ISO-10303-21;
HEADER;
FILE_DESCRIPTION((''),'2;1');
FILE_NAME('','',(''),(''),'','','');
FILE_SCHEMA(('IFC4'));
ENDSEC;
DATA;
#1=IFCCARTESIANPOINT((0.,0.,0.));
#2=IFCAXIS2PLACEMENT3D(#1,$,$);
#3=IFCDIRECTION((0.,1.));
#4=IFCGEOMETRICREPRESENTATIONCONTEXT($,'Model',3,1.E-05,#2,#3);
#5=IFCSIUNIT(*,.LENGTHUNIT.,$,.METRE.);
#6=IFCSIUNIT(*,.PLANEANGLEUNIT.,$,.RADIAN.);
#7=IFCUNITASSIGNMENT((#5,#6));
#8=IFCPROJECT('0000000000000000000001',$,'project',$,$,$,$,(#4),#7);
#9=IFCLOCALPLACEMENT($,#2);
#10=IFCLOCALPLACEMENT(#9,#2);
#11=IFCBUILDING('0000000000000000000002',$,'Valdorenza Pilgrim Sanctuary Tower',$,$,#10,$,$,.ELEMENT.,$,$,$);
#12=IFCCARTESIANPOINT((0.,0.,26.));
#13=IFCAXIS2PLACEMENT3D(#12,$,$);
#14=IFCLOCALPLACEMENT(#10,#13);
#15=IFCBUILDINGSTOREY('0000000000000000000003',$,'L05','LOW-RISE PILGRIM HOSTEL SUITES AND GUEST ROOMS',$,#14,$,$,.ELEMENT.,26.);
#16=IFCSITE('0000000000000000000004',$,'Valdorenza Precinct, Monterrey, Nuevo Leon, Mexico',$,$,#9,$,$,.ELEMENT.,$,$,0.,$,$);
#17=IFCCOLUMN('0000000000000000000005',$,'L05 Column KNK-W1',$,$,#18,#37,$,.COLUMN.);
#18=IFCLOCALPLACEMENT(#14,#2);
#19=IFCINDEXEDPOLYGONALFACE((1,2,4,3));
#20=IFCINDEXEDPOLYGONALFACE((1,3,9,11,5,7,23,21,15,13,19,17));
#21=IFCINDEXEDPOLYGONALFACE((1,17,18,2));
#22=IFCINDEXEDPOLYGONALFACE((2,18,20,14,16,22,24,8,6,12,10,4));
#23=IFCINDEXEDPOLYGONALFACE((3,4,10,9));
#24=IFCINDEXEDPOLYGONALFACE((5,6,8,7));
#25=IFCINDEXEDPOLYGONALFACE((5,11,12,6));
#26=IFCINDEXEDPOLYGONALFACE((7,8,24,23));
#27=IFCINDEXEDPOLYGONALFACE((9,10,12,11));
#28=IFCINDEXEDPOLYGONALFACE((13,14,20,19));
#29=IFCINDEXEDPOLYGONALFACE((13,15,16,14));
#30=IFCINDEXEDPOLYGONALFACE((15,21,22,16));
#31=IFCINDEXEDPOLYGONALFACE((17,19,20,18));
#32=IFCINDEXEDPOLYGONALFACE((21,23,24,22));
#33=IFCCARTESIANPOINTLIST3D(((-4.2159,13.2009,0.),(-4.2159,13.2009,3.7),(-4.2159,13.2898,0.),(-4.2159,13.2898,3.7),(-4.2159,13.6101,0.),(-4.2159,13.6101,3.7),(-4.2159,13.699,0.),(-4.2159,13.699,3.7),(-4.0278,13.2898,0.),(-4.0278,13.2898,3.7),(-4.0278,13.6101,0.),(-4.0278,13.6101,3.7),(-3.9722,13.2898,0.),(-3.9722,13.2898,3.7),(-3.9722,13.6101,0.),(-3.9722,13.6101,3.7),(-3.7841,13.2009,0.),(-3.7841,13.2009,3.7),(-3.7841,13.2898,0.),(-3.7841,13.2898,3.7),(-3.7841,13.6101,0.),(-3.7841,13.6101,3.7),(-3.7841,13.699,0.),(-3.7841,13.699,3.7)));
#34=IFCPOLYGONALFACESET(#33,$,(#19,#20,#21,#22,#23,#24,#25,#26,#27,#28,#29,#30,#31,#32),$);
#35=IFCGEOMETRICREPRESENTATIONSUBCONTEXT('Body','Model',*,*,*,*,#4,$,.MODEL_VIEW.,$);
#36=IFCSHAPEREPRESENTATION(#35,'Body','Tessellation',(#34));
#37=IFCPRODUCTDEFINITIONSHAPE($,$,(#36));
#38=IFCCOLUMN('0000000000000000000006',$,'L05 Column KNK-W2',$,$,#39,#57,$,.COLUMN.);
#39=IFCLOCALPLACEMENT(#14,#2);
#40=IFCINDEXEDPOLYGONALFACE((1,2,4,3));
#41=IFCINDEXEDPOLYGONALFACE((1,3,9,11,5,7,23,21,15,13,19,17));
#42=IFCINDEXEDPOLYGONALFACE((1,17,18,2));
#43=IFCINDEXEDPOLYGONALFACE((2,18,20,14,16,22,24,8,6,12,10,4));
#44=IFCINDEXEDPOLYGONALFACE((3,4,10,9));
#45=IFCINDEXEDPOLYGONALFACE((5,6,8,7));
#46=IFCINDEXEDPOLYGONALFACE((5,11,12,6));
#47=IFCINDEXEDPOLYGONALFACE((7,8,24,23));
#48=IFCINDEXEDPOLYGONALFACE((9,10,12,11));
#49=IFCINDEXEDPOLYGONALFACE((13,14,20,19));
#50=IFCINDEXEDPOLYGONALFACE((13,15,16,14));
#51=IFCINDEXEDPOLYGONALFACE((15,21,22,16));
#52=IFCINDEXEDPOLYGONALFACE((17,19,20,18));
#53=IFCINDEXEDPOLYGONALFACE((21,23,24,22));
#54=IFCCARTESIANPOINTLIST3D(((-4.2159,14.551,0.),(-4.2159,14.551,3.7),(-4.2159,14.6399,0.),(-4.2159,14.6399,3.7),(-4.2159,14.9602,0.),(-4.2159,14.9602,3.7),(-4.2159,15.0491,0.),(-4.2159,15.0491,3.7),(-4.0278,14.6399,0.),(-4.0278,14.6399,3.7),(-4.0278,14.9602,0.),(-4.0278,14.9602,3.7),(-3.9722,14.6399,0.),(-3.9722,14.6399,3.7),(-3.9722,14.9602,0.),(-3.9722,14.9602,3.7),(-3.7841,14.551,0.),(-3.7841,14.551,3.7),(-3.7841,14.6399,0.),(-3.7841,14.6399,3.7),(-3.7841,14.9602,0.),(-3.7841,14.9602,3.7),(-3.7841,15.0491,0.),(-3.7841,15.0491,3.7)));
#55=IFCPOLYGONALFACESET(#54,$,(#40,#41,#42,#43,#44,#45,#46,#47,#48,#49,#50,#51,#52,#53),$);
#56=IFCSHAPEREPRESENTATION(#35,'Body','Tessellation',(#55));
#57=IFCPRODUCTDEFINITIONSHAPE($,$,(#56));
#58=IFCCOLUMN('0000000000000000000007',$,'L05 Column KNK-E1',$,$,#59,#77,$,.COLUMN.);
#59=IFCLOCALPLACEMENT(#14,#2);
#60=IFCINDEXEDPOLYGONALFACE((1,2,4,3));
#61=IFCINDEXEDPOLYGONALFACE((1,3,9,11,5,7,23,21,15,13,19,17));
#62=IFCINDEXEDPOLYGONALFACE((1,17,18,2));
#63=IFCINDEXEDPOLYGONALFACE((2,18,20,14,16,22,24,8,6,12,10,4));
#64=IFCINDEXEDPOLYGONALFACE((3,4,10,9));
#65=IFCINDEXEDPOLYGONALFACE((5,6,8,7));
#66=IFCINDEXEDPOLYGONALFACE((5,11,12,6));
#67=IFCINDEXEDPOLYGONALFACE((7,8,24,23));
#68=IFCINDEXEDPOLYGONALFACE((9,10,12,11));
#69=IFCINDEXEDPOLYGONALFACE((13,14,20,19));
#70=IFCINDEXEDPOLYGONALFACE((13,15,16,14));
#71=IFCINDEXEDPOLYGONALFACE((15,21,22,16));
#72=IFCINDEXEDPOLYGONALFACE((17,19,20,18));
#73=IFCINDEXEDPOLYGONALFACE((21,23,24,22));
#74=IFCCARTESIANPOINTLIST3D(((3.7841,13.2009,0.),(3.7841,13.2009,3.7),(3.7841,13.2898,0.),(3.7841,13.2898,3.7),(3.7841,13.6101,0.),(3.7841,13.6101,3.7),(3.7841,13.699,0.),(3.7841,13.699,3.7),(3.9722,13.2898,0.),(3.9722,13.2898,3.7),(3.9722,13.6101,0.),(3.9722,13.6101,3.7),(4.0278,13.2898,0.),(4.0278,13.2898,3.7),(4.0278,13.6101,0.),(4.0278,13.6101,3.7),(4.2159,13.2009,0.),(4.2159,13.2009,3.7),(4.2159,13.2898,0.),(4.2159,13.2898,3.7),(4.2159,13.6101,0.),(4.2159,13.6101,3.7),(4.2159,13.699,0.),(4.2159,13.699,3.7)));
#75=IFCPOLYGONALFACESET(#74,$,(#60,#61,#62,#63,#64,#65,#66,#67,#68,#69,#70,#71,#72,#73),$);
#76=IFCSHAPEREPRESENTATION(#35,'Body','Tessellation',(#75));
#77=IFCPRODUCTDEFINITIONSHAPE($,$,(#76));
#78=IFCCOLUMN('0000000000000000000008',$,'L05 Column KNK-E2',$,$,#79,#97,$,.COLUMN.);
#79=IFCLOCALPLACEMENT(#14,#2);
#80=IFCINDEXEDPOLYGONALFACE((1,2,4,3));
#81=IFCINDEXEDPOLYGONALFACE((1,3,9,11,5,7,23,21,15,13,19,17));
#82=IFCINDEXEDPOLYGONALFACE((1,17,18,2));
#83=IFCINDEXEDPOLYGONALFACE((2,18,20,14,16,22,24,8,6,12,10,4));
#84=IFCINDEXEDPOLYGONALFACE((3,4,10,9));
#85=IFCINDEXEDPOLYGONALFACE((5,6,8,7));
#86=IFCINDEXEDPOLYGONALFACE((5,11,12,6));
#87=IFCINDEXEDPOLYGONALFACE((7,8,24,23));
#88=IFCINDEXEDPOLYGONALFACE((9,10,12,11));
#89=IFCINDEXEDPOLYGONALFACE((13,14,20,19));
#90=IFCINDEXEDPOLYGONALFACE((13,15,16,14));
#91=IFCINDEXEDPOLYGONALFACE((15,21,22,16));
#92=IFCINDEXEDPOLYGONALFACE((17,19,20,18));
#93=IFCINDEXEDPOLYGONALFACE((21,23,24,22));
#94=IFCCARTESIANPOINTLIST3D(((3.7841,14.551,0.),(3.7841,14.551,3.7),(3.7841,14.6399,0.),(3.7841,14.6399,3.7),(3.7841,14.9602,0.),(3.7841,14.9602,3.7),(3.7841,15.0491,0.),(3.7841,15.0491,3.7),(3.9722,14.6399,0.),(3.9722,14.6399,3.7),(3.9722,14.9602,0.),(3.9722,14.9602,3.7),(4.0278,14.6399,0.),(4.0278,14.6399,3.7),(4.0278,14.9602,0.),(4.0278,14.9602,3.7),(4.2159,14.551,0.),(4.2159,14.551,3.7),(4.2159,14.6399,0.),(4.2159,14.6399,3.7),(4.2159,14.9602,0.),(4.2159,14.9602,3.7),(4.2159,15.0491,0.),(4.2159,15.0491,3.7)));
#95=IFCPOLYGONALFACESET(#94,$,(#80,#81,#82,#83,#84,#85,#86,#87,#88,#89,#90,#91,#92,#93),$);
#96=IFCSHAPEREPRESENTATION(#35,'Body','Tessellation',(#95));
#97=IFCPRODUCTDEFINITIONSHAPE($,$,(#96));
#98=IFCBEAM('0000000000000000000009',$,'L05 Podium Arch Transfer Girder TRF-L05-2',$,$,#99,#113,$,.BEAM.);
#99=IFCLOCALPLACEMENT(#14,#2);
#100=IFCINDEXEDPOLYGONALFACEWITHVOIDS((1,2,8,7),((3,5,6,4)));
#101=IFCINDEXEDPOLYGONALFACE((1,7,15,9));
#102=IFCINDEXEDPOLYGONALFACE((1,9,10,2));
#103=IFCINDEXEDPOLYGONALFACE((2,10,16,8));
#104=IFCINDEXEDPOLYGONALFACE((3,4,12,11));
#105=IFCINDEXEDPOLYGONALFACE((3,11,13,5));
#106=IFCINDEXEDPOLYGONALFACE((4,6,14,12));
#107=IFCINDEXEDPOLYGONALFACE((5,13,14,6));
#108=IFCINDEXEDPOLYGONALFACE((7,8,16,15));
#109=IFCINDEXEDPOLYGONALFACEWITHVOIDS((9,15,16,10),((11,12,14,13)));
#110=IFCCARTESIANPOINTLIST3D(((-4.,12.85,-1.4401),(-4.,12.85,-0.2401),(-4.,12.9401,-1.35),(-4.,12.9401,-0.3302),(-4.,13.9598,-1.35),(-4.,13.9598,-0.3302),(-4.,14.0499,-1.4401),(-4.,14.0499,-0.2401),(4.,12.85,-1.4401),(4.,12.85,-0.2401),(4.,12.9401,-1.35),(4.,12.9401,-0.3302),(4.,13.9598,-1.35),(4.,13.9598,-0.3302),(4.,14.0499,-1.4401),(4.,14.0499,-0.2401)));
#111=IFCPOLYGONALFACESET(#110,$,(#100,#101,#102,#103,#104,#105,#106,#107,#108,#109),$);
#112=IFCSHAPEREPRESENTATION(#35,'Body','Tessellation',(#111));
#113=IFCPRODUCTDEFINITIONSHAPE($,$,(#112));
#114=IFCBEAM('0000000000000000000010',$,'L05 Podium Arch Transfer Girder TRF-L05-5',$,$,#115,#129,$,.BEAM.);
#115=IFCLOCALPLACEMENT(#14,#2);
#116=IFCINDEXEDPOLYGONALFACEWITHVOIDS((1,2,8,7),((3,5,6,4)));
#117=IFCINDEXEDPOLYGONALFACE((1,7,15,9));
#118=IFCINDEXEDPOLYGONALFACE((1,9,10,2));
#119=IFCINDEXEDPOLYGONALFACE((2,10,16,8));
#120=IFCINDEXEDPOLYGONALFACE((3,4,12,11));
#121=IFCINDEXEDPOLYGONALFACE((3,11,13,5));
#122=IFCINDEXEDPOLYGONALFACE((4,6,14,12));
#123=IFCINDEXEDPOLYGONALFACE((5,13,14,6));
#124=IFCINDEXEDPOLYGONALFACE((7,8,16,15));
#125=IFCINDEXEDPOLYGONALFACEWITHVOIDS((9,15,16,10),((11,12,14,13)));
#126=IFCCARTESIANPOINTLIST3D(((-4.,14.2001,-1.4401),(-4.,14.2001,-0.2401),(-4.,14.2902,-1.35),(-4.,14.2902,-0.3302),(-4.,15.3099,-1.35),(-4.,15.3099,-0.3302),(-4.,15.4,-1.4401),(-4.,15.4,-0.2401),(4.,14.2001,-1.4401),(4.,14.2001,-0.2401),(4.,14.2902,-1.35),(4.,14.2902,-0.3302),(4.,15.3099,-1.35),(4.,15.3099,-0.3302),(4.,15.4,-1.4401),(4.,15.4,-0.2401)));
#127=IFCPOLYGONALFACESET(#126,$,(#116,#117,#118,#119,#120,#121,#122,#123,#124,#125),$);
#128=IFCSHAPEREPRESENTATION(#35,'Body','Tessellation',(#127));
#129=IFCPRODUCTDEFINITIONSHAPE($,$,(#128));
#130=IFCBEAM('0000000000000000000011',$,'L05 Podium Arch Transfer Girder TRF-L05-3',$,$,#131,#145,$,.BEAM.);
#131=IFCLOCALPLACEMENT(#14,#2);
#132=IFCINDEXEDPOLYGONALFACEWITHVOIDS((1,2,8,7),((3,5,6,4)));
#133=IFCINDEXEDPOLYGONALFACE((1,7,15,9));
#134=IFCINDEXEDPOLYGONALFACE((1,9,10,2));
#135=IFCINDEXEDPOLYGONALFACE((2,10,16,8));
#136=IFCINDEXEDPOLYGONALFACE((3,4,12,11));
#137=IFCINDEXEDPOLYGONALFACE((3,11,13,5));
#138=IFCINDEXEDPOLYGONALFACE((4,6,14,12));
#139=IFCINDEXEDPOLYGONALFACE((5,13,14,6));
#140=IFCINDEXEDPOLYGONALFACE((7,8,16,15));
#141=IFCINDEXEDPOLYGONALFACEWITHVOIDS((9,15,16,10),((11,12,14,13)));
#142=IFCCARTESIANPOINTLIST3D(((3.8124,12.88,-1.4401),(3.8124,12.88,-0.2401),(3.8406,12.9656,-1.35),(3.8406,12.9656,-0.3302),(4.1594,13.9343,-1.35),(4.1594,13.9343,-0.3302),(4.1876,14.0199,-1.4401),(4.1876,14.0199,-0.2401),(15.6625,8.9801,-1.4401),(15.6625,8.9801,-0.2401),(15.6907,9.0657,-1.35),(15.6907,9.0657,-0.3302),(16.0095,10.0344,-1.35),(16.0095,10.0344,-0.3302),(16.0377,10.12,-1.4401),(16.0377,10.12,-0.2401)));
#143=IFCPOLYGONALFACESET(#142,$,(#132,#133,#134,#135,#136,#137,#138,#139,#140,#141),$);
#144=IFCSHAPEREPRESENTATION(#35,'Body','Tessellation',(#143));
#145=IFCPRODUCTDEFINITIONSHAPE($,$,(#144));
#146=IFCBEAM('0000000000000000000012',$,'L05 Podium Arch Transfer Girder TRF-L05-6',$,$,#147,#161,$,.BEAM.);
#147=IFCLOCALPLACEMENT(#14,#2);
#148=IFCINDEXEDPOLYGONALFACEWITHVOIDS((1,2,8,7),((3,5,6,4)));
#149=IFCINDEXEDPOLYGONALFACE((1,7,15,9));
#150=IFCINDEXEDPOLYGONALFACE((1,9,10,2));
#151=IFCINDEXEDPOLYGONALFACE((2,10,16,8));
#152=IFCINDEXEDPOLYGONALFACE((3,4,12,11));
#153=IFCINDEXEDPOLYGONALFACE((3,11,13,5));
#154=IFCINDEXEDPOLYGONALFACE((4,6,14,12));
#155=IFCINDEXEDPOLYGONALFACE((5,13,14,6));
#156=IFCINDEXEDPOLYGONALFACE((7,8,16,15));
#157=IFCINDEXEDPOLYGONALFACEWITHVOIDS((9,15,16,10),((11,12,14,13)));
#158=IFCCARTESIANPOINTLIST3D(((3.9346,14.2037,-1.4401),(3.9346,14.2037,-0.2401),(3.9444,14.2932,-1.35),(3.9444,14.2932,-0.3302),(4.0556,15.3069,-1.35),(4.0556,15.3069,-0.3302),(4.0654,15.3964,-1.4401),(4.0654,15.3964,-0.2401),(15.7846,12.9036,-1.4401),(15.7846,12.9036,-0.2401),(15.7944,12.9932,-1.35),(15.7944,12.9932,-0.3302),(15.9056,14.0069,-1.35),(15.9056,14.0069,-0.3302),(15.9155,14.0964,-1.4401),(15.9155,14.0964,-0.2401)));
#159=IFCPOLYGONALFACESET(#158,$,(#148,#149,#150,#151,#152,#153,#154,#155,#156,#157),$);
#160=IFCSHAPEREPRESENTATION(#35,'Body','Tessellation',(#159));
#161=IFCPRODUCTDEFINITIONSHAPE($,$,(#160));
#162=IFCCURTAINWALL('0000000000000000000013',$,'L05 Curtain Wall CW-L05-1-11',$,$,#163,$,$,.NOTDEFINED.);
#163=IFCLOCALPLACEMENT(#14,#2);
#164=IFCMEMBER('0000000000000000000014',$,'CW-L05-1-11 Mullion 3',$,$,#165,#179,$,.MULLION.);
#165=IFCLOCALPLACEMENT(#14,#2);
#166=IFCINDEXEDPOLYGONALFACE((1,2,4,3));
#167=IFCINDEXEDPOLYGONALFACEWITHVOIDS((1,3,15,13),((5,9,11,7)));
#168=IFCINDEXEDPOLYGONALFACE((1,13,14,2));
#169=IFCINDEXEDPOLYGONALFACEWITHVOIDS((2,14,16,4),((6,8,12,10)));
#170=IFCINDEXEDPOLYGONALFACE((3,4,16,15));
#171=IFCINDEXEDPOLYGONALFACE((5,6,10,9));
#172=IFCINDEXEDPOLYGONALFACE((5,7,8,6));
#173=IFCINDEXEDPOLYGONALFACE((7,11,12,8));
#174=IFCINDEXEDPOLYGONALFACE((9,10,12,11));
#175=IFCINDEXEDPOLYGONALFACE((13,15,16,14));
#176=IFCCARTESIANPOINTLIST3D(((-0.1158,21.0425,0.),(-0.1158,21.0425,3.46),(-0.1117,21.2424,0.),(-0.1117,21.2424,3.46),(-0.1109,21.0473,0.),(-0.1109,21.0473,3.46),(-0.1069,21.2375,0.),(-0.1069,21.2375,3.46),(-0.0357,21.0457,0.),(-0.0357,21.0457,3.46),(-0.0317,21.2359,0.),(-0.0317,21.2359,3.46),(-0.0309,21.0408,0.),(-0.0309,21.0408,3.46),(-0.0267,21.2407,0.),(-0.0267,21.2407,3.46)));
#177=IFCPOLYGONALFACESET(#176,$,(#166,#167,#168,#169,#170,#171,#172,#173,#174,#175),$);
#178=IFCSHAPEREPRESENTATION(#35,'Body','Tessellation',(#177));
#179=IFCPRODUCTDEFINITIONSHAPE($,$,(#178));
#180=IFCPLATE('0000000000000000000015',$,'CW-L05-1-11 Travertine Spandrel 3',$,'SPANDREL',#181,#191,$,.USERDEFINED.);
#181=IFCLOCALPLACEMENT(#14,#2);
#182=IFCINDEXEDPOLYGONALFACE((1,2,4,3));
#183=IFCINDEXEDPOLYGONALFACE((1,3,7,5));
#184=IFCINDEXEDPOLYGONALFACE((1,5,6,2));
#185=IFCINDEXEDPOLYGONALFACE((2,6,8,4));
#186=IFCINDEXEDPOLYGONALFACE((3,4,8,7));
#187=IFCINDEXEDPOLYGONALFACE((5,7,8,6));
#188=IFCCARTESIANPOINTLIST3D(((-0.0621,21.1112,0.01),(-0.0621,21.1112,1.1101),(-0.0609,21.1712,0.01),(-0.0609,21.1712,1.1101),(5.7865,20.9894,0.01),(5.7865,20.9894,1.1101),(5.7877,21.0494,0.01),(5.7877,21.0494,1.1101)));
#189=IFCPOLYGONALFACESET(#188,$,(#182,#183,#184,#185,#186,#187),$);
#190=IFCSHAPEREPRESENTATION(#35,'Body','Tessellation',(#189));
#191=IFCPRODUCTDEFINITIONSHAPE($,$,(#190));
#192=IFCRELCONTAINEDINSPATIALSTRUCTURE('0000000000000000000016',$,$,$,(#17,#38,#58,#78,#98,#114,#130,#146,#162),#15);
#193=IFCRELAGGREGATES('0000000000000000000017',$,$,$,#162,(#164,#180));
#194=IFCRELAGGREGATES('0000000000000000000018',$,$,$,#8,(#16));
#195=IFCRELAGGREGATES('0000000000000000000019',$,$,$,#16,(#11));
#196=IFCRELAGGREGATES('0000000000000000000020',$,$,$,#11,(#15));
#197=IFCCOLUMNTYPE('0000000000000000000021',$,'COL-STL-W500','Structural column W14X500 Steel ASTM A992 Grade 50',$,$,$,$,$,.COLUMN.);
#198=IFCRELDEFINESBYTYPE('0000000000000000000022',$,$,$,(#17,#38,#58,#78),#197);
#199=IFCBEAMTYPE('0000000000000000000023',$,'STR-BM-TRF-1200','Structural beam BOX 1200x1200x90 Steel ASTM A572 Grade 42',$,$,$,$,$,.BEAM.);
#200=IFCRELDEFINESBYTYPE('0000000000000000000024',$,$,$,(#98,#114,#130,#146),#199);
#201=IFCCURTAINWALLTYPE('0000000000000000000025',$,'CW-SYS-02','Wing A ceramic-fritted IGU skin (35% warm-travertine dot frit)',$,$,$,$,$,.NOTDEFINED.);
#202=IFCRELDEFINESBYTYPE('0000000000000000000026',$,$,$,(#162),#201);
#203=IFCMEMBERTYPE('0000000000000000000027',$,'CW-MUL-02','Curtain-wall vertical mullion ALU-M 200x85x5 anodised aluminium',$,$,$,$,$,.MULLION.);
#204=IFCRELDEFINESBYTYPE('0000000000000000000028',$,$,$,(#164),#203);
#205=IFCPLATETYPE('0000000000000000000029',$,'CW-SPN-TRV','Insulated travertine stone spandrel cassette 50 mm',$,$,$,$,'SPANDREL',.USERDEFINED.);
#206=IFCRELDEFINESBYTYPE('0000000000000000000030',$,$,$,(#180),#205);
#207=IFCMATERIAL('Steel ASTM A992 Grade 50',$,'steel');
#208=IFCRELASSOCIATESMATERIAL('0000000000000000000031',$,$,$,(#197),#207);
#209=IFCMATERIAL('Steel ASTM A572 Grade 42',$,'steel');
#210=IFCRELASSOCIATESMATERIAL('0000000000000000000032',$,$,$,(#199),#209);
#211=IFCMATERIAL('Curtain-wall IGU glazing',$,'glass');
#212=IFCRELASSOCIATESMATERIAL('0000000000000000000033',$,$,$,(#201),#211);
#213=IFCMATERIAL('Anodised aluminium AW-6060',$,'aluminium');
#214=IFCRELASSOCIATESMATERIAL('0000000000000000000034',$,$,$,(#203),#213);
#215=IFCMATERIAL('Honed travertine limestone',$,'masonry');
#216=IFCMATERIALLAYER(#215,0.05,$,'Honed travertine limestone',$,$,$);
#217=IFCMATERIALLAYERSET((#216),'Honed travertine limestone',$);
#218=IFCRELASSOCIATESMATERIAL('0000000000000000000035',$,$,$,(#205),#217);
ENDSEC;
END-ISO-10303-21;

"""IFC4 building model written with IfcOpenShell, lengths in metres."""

from ifc_helpers import new_model, si_unit, direction, frame, origin, origin_2d, place, context, subcontext, project, spatial, rectangle, hollow_rectangle, i_section, extrude, source, transform, mapped, material, layer, layer_set, material_profile, profile_set, type_object, element, aggregate, save


model = new_model("IFC4")

# Units and contexts
model_context = context("Model", 3, precision=1e-05, world=origin(), true_north=direction((0.0, 1.0)))
body_context = subcontext(model_context, "Body", "Model", "MODEL_VIEW")
ifc_project = project(units=[si_unit("LENGTHUNIT", "METRE"), si_unit("PLANEANGLEUNIT", "RADIAN")], contexts=[model_context])

# Site, building, storey
site_placement = place(None, origin())
site = spatial("IfcSite", under=ifc_project, at=site_placement, Name="Valdorenza Precinct, Monterrey, Nuevo Leon, Mexico", CompositionType="ELEMENT", RefElevation=0.0)
building_placement = place(site_placement, origin())
building = spatial("IfcBuilding", under=site, at=building_placement, Name="Valdorenza Pilgrim Sanctuary Tower", CompositionType="ELEMENT")
storey_placement = place(building_placement, frame((0.0, 0.0, 26.0)))
storey = spatial("IfcBuildingStorey", under=building, at=storey_placement, Name="L05", Description="LOW-RISE PILGRIM HOSTEL SUITES AND GUEST ROOMS", CompositionType="ELEMENT", Elevation=26.0)

# Columns
ifc_material_1 = material(Name="Steel ASTM A992 Grade 50", Category="steel")
ifc_material_profile_1 = material_profile(ifc_material_1, i_section(OverallWidth=0.4319, OverallDepth=0.498, WebThickness=0.0557, FlangeThickness=0.0889, at=origin_2d()), Name="W14X500")
ifc_profile_set_1 = profile_set([ifc_material_profile_1], Name="Steel ASTM A992 Grade 50")
column_type = type_object("IfcColumnType", Name="COL-STL-W500", Description="Structural column W14X500 Steel ASTM A992 Grade 50", PredefinedType="COLUMN", material=ifc_profile_set_1)
shared_shape_1 = source(origin(), body_context, "Body", "SweptSolid", [
    extrude(i_section(OverallWidth=0.4319, OverallDepth=0.498, WebThickness=0.0557, FlangeThickness=0.0889, at=origin_2d()), origin(), (0.0, 0.0, 1.0), 3.7),
])
for number, where, z_axis, x_axis, name in (
    (1, (-4.0, 13.45, 0.0), (0.0, 0.0, 1.0), (1.0, 0.0, 0.0), "L05 Column KNK-W1"),
    (2, (-4.0, 14.8, 0.0), (0.0, 0.0, 1.0), (1.0, 0.0, 0.0), "L05 Column KNK-W2"),
    (3, (4.0, 13.45, 0.0), (0.0, 0.0, 1.0), (1.0, 0.0, 0.0), "L05 Column KNK-E1"),
    (4, (4.0, 14.8, 0.0), (0.0, 0.0, 1.0), (1.0, 0.0, 0.0), "L05 Column KNK-E2"),
):
    element("IfcColumn", number, at=place(storey_placement, frame(where, z_axis=z_axis, x_axis=x_axis)), inside=storey, type_object=column_type, Name=name, PredefinedType="COLUMN", context=body_context, shape_type="MappedRepresentation", body=[
        mapped(shared_shape_1, transform((0.0, 0.0, 0.0), x_axis=(1.0, 0.0, 0.0), y_axis=(0.0, 1.0, 0.0), z_axis=(0.0, 0.0, 1.0), scale=1.0)),
    ])

# Beams
ifc_material_2 = material(Name="Steel ASTM A572 Grade 42", Category="steel")
ifc_material_profile_2 = material_profile(ifc_material_2, hollow_rectangle(XDim=1.2, YDim=1.2, WallThickness=0.0901, at=origin_2d()), Name="BOX 1200x1200x90")
ifc_profile_set_2 = profile_set([ifc_material_profile_2], Name="Steel ASTM A572 Grade 42")
beam_type = type_object("IfcBeamType", Name="STR-BM-TRF-1200", Description="Structural beam BOX 1200x1200x90 Steel ASTM A572 Grade 42", PredefinedType="BEAM", material=ifc_profile_set_2)
shared_shape_2 = source(origin(), body_context, "Body", "SweptSolid", [
    extrude(hollow_rectangle(XDim=1.2, YDim=1.2, WallThickness=0.0901, at=origin_2d()), origin(), (0.0, 0.0, 1.0), 8.0),
])
for number, where, z_axis, x_axis, name in (
    (5, (-4.0, 13.45, -0.8401), (1.0, 0.0, 0.0), (0.0, 1.0, 0.0), "L05 Podium Arch Transfer Girder TRF-L05-2"),
    (6, (-4.0, 14.8, -0.8401), (1.0, 0.0, 0.0), (0.0, 1.0, 0.0), "L05 Podium Arch Transfer Girder TRF-L05-5"),
):
    element("IfcBeam", number, at=place(storey_placement, frame(where, z_axis=z_axis, x_axis=x_axis)), inside=storey, type_object=beam_type, Name=name, PredefinedType="BEAM", context=body_context, shape_type="MappedRepresentation", body=[
        mapped(shared_shape_2, transform((0.0, 0.0, 0.0), x_axis=(1.0, 0.0, 0.0), y_axis=(0.0, 1.0, 0.0), z_axis=(0.0, 0.0, 1.0), scale=1.0)),
    ])
shared_shape_3 = source(origin(), body_context, "Body", "SweptSolid", [
    extrude(hollow_rectangle(XDim=1.2, YDim=1.2, WallThickness=0.0901, at=origin_2d()), origin(), (0.0, 0.0, 1.0), 12.4753),
])
beam_1_placement = place(storey_placement, frame((4.0, 13.45, -0.8401), z_axis=(0.949882, -0.312609, 0.0), x_axis=(0.312609, 0.949882, 0.0)))
element("IfcBeam", 7, at=beam_1_placement, inside=storey, type_object=beam_type, Name="L05 Podium Arch Transfer Girder TRF-L05-3", PredefinedType="BEAM", context=body_context, shape_type="MappedRepresentation", body=[
    mapped(shared_shape_3, transform((0.0, 0.0, 0.0), x_axis=(1.0, 0.0, 0.0), y_axis=(0.0, 1.0, 0.0), z_axis=(0.0, 0.0, 1.0), scale=1.0)),
])
shared_shape_4 = source(origin(), body_context, "Body", "SweptSolid", [
    extrude(hollow_rectangle(XDim=1.2, YDim=1.2, WallThickness=0.0901, at=origin_2d()), origin(), (0.0, 0.0, 1.0), 11.9211),
])
beam_2_placement = place(storey_placement, frame((4.0, 14.8, -0.8401), z_axis=(0.994036, -0.109054, 0.0), x_axis=(0.109054, 0.994036, 0.0)))
element("IfcBeam", 8, at=beam_2_placement, inside=storey, type_object=beam_type, Name="L05 Podium Arch Transfer Girder TRF-L05-6", PredefinedType="BEAM", context=body_context, shape_type="MappedRepresentation", body=[
    mapped(shared_shape_4, transform((0.0, 0.0, 0.0), x_axis=(1.0, 0.0, 0.0), y_axis=(0.0, 1.0, 0.0), z_axis=(0.0, 0.0, 1.0), scale=1.0)),
])

# Curtain wall, member, plate
ifc_material_3 = material(Name="Curtain-wall IGU glazing", Category="glass")
curtain_wall_type = type_object("IfcCurtainWallType", Name="CW-SYS-02", Description="Wing A ceramic-fritted IGU skin (35% warm-travertine dot frit)", PredefinedType="NOTDEFINED", material=ifc_material_3)
curtain_wall_placement = place(storey_placement, origin())
curtain_wall = element("IfcCurtainWall", 9, at=curtain_wall_placement, inside=storey, type_object=curtain_wall_type, Name="L05 Curtain Wall CW-L05-1-11", PredefinedType="NOTDEFINED")
ifc_material_4 = material(Name="Anodised aluminium AW-6060", Category="aluminium")
ifc_material_profile_3 = material_profile(ifc_material_4, hollow_rectangle(XDim=0.085, YDim=0.2, WallThickness=0.0049, at=origin_2d()), Name="ALU-M 200x85x5")
ifc_profile_set_3 = profile_set([ifc_material_profile_3], Name="Anodised aluminium AW-6060")
member_type = type_object("IfcMemberType", Name="CW-MUL-02", Description="Curtain-wall vertical mullion ALU-M 200x85x5 anodised aluminium", PredefinedType="MULLION", material=ifc_profile_set_3)
shared_shape_5 = source(origin(), body_context, "Body", "SweptSolid", [
    extrude(hollow_rectangle(XDim=0.085, YDim=0.2, WallThickness=0.0049, at=origin_2d()), origin(), (0.0, 0.0, 1.0), 3.46),
])
member_placement = place(storey_placement, frame((-0.0713, 21.1416, 0.0), z_axis=(0.0, 0.0, 1.0), x_axis=(0.999783, -0.02082, 0.0)))
member = element("IfcMember", 10, at=member_placement, type_object=member_type, Name="CW-L05-1-11 Mullion 3", PredefinedType="MULLION", context=body_context, shape_type="MappedRepresentation", body=[
    mapped(shared_shape_5, transform((0.0, 0.0, 0.0), x_axis=(1.0, 0.0, 0.0), y_axis=(0.0, 1.0, 0.0), z_axis=(0.0, 0.0, 1.0), scale=1.0)),
])
ifc_material_5 = material(Name="Honed travertine limestone", Category="masonry")
ifc_layer_1 = layer(ifc_material_5, 0.05, Name="Honed travertine limestone")
ifc_layer_set_1 = layer_set([ifc_layer_1], Name="Honed travertine limestone")
plate_type_1 = type_object("IfcPlateType", Name="CW-SPN-TRV", Description="Insulated travertine stone spandrel cassette 50 mm", ElementType="SPANDREL", PredefinedType="USERDEFINED", material=ifc_layer_set_1)
shared_shape_6 = source(origin(), body_context, "Body", "SweptSolid", [
    extrude(rectangle(XDim=5.8499, YDim=0.0601, at=origin_2d()), origin(), (0.0, 0.0, 1.0), 1.1001),
])
plate_1_placement = place(storey_placement, frame((2.8628, 21.0803, 0.01), z_axis=(0.0, 0.0, 1.0), x_axis=(0.999783, -0.02082, 0.0)))
plate_1 = element("IfcPlate", 11, at=plate_1_placement, type_object=plate_type_1, Name="CW-L05-1-11 Travertine Spandrel 3", ObjectType="SPANDREL", PredefinedType="USERDEFINED", context=body_context, shape_type="MappedRepresentation", body=[
    mapped(shared_shape_6, transform((0.0, 0.0, 0.0), x_axis=(1.0, 0.0, 0.0), y_axis=(0.0, 1.0, 0.0), z_axis=(0.0, 0.0, 1.0), scale=1.0)),
])
aggregate(curtain_wall, [member, plate_1])

save(model, "model.ifc")
